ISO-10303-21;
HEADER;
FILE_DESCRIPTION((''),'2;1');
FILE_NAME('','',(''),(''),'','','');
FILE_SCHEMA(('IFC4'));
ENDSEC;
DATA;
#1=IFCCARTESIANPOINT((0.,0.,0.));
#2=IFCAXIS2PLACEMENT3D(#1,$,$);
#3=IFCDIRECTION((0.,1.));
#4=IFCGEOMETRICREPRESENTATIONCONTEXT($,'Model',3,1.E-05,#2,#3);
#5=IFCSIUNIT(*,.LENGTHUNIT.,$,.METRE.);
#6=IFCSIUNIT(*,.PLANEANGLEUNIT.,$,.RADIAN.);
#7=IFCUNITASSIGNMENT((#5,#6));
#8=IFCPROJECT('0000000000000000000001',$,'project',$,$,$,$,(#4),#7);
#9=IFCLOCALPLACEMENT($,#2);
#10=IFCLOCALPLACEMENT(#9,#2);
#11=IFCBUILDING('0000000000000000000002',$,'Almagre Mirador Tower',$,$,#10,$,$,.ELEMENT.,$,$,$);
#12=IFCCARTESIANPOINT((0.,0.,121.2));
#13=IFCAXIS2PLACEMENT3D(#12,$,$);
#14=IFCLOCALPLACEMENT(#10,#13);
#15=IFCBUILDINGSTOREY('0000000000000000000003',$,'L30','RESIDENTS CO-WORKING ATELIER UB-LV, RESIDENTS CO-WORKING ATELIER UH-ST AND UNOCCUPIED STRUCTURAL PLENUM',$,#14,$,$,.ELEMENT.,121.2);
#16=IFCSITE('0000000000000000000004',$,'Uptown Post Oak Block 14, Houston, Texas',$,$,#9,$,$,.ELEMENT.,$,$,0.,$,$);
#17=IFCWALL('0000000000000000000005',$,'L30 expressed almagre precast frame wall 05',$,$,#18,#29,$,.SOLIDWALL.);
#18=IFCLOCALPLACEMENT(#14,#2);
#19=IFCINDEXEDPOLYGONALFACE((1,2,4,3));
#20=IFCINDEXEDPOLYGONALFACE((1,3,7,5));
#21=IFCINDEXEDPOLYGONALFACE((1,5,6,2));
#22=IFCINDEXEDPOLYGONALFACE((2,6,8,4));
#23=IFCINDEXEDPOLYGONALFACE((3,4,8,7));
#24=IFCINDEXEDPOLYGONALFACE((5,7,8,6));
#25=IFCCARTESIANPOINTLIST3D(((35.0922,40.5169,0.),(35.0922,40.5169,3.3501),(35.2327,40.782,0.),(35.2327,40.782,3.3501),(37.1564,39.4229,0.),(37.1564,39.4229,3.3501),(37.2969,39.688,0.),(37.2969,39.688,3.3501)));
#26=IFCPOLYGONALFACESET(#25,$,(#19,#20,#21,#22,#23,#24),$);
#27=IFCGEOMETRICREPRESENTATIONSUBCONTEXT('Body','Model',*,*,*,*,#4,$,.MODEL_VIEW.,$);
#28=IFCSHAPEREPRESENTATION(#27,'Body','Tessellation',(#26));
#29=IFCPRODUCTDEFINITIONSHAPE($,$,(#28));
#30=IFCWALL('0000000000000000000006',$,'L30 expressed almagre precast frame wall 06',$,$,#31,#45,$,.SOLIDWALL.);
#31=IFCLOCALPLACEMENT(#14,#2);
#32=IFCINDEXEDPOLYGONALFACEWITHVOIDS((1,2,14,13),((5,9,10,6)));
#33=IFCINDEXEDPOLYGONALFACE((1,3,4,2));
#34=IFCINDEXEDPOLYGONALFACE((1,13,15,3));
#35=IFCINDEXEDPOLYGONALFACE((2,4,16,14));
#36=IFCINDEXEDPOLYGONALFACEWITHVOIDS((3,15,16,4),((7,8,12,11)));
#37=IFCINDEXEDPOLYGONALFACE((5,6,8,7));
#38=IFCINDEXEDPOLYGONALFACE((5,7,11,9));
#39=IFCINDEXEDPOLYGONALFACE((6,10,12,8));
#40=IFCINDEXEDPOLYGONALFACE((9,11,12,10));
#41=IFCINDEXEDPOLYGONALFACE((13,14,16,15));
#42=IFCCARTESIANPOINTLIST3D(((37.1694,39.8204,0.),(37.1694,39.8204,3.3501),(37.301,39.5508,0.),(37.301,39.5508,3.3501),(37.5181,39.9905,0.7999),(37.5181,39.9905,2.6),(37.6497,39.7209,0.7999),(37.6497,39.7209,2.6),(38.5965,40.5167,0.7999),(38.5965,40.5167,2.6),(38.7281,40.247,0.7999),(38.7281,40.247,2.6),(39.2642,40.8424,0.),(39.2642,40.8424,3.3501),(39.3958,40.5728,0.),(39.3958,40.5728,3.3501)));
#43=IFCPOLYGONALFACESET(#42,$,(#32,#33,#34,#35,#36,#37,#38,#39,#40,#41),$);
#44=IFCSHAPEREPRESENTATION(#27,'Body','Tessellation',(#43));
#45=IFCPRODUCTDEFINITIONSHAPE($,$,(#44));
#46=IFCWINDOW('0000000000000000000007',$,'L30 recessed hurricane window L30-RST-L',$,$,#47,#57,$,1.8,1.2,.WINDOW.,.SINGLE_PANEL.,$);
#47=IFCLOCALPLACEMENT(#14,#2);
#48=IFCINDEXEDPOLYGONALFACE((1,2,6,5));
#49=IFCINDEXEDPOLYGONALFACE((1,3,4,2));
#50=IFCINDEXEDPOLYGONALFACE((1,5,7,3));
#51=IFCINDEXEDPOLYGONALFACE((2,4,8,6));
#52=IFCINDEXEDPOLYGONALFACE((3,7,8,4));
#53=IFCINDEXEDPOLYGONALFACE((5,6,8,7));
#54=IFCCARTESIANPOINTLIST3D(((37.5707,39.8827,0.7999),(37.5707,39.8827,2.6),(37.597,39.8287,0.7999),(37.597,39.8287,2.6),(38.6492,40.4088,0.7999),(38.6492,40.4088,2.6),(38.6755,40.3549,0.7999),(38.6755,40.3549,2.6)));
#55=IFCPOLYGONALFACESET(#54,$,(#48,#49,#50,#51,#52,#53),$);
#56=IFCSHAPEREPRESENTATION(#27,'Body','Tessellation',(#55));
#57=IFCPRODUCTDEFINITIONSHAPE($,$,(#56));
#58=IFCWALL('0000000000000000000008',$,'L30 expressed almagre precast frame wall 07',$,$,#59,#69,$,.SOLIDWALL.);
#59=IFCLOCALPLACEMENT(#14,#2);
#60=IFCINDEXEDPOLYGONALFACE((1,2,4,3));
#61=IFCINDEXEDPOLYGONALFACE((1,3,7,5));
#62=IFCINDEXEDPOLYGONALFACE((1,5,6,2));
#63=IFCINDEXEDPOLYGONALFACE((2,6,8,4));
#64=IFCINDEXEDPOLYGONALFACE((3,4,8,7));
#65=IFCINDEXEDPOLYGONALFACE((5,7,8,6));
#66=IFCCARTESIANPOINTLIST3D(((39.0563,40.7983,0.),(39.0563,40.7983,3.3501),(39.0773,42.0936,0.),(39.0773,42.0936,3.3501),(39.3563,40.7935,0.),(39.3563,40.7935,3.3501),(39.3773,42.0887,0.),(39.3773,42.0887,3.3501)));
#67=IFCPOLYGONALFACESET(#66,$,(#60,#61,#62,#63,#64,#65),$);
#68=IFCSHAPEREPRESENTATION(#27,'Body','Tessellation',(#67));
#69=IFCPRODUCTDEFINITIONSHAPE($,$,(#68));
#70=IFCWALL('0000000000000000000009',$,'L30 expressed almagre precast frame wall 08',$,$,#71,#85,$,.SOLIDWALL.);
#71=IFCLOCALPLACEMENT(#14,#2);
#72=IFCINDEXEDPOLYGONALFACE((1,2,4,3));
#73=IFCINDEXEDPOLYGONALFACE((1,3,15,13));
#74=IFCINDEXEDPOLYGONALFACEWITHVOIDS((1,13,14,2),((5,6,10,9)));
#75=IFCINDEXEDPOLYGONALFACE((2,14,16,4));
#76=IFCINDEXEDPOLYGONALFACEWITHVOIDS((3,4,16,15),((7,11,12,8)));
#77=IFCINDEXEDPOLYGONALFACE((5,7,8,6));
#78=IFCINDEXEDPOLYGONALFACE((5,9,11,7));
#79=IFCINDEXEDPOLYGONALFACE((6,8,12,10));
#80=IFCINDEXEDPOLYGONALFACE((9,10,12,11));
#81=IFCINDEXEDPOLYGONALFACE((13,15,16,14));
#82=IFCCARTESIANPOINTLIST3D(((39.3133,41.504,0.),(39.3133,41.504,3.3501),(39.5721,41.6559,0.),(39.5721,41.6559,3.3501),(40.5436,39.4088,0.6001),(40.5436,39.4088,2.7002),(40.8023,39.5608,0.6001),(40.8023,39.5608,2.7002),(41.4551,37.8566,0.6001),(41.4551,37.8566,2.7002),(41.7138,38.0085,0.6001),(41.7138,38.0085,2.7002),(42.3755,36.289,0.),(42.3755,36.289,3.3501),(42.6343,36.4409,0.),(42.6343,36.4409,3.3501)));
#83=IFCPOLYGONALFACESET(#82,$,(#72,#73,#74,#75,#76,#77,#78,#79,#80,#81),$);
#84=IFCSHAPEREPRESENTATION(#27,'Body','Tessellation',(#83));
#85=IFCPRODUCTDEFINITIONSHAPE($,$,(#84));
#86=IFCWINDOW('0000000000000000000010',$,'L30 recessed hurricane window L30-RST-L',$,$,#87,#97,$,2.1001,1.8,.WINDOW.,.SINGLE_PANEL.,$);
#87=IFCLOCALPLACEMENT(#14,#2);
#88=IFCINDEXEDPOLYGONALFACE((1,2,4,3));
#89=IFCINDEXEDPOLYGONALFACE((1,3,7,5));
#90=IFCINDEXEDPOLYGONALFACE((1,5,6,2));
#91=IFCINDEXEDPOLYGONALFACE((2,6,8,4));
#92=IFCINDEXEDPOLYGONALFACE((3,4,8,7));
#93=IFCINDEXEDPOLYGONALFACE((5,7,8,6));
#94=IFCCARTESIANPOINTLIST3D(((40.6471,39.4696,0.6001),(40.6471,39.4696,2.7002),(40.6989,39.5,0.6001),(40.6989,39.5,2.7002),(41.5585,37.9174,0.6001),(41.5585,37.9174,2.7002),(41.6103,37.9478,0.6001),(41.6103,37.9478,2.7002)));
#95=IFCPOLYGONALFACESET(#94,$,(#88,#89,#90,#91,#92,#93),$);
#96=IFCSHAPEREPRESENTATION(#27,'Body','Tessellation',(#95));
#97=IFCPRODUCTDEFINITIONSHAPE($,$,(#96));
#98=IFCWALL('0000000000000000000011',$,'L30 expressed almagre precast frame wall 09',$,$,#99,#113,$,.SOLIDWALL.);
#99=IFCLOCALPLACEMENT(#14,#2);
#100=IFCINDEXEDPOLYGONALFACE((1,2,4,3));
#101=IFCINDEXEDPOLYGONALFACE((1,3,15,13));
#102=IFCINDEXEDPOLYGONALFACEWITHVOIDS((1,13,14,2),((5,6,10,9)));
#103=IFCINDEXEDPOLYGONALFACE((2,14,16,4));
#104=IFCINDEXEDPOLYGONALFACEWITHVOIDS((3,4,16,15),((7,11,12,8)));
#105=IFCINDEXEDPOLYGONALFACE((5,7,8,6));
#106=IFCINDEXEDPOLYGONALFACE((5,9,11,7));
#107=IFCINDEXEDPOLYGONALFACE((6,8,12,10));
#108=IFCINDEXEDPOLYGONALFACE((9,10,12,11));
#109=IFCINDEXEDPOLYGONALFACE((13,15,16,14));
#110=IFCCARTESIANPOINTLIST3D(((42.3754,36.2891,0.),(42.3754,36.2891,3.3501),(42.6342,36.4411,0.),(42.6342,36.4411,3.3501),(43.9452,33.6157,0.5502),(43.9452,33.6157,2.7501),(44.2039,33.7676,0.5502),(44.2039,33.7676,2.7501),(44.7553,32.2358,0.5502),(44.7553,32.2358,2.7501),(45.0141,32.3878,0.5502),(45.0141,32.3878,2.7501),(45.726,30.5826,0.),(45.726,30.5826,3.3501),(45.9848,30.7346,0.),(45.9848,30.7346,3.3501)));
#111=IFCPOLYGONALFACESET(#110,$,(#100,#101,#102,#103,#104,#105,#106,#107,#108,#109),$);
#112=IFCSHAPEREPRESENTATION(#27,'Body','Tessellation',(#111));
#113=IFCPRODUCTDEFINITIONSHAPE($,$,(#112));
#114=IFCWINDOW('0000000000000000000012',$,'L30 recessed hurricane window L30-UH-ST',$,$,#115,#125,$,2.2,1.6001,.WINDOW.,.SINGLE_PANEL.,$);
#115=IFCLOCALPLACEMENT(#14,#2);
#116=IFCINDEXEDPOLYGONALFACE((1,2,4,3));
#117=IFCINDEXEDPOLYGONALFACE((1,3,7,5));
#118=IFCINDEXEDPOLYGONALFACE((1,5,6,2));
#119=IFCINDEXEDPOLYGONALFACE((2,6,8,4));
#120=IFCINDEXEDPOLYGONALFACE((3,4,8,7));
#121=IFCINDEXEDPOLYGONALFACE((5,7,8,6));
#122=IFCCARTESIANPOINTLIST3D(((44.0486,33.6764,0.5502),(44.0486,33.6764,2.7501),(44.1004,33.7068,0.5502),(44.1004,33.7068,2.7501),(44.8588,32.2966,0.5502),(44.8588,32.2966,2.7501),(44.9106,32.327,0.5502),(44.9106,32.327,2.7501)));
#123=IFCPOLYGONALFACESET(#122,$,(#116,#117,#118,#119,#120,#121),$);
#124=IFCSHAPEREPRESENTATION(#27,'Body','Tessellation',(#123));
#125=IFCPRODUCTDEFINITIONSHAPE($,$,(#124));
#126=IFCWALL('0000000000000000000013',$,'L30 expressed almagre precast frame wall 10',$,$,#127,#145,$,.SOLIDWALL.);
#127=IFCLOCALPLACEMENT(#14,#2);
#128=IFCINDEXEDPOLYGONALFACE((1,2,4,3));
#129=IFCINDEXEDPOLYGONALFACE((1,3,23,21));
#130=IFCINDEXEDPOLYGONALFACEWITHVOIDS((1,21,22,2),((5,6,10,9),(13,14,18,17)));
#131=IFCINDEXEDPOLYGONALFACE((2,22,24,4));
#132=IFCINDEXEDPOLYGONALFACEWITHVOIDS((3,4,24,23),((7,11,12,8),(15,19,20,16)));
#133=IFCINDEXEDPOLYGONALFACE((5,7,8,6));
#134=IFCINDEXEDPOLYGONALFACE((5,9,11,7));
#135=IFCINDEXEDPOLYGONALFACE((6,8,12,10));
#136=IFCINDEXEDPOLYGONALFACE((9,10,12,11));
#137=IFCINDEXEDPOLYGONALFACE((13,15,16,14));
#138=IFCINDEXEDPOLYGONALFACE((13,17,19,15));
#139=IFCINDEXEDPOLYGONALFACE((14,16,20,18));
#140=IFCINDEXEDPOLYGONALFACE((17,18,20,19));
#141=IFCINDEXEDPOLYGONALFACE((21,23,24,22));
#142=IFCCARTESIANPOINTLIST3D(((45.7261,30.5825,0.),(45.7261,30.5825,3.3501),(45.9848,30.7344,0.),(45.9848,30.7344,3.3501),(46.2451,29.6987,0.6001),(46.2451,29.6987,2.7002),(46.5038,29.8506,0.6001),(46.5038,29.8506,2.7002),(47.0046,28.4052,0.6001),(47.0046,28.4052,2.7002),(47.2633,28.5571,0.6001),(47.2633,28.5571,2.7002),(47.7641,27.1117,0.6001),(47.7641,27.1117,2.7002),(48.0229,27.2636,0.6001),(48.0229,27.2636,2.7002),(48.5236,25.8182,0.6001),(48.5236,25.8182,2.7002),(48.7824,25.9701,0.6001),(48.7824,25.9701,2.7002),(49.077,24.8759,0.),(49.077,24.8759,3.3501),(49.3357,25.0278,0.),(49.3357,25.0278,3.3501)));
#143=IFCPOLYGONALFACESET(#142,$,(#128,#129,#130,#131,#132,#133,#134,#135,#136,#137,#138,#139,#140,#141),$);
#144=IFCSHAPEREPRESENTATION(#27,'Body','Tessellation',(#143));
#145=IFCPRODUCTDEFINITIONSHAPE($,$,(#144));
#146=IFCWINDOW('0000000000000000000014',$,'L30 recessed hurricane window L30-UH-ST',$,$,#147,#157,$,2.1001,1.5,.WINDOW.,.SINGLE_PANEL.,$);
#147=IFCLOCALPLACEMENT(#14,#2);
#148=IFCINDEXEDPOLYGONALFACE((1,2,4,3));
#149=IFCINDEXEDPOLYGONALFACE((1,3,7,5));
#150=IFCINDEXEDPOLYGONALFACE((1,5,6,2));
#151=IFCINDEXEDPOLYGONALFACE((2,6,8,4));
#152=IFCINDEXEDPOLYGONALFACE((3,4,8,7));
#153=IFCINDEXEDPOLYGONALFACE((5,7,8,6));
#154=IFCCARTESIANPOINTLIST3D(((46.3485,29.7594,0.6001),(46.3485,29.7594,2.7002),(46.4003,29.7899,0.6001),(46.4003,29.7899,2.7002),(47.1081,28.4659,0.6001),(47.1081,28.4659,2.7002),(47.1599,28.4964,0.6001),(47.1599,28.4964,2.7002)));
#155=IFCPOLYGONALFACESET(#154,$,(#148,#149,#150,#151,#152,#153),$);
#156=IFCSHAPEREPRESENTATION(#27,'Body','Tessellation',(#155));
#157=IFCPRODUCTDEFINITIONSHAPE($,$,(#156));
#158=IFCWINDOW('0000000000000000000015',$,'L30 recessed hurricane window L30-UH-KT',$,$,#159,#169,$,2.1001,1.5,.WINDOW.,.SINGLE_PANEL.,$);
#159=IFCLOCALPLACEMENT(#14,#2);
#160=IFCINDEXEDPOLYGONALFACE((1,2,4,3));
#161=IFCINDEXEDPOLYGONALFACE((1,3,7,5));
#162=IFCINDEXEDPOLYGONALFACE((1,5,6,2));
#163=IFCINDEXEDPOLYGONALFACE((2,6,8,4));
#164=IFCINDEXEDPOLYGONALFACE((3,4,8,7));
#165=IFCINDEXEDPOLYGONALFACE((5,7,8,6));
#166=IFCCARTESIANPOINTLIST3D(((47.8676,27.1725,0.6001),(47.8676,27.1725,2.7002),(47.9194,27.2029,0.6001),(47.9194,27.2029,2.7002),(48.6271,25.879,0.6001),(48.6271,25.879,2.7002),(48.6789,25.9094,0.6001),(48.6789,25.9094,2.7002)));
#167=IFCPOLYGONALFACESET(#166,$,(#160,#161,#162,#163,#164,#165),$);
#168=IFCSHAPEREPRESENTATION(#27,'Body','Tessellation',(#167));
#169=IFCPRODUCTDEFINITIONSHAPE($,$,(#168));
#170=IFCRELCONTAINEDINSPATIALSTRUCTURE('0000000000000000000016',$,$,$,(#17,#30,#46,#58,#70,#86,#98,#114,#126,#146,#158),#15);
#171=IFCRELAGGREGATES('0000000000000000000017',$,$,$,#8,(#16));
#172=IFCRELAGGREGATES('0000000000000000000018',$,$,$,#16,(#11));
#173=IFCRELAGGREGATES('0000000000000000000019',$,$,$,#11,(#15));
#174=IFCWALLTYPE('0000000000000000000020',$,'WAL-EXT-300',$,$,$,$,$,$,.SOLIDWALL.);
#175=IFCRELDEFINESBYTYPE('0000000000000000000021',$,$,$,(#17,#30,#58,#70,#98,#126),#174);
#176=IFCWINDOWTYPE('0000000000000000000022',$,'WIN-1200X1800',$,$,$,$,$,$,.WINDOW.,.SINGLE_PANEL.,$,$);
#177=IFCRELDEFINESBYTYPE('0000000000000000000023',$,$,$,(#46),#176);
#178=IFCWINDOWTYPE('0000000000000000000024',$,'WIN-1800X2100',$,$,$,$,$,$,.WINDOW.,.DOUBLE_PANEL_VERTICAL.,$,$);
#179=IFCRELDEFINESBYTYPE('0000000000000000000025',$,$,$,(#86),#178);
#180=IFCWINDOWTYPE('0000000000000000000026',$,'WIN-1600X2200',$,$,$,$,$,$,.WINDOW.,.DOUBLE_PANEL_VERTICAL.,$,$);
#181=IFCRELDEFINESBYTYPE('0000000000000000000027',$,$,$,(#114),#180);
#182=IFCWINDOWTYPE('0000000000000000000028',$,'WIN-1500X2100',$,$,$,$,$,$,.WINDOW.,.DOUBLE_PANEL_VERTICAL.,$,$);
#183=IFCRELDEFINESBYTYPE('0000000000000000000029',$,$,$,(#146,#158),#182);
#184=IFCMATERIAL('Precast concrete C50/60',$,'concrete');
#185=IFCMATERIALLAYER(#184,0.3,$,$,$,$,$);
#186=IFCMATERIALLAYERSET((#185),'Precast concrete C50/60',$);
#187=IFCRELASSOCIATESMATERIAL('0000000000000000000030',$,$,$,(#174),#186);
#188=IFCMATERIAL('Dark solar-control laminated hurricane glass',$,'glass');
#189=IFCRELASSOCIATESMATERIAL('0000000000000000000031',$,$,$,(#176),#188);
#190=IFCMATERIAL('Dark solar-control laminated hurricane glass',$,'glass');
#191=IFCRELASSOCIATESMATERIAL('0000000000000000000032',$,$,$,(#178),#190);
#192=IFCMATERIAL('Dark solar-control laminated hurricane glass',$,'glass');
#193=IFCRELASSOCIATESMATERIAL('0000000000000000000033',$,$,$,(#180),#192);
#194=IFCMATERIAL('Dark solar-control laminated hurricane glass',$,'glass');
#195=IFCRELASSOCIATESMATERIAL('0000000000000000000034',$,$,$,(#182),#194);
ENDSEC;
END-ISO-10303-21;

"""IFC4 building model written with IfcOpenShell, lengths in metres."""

from ifc_helpers import new_model, si_unit, direction, frame, frame_2d, origin, place, context, subcontext, project, spatial, rectangle, extrude, material, layer, layer_set, type_object, element, fill, save


model = new_model("IFC4")

# Units and contexts
model_context = context("Model", 3, precision=1e-05, world=origin(), true_north=direction((0.0, 1.0)))
body_context = subcontext(model_context, "Body", "Model", "MODEL_VIEW")
ifc_project = project(units=[si_unit("LENGTHUNIT", "METRE"), si_unit("PLANEANGLEUNIT", "RADIAN")], contexts=[model_context])

# Site, building, storey
site_placement = place(None, origin())
site = spatial("IfcSite", under=ifc_project, at=site_placement, Name="Uptown Post Oak Block 14, Houston, Texas", CompositionType="ELEMENT", RefElevation=0.0)
building_placement = place(site_placement, origin())
building = spatial("IfcBuilding", under=site, at=building_placement, Name="Almagre Mirador Tower", CompositionType="ELEMENT")
storey_placement = place(building_placement, frame((0.0, 0.0, 121.2)))
storey = spatial("IfcBuildingStorey", under=building, at=storey_placement, Name="L30", Description="RESIDENTS CO-WORKING ATELIER UB-LV, RESIDENTS CO-WORKING ATELIER UH-ST AND UNOCCUPIED STRUCTURAL PLENUM", CompositionType="ELEMENT", Elevation=121.2)

# Wall
ifc_material_1 = material(Name="Precast concrete C50/60", Category="concrete")
ifc_layer_1 = layer(ifc_material_1, 0.3)
ifc_layer_set_1 = layer_set([ifc_layer_1], Name="Precast concrete C50/60")
wall_type_1 = type_object("IfcWallType", Name="WAL-EXT-300", PredefinedType="SOLIDWALL", material=ifc_layer_set_1)
wall_1_placement = place(storey_placement, frame((35.1626, 40.6494, 0.0), z_axis=(0.0, 0.0, 1.0), x_axis=(0.883579, -0.468281, 0.0)))
element("IfcWall", 1, at=wall_1_placement, inside=storey, type_object=wall_type_1, Name="L30 expressed almagre precast frame wall 05", PredefinedType="SOLIDWALL", context=body_context, shape_type="SweptSolid", body=[
    extrude(rectangle(XDim=2.3362, YDim=0.3, at=frame_2d((1.168, 0.0))), origin(), (0.0, 0.0, 1.0), 3.3501),
])

# Wall, opening, window
wall_2_placement = place(storey_placement, frame((37.2351, 39.6855, 0.0), z_axis=(0.0, 0.0, 1.0), x_axis=(0.898742, 0.438477, 0.0)))
wall_2 = element("IfcWall", 2, at=wall_2_placement, inside=storey, type_object=wall_type_1, Name="L30 expressed almagre precast frame wall 06", PredefinedType="SOLIDWALL", context=body_context, shape_type="SweptSolid", body=[
    extrude(rectangle(XDim=2.3308, YDim=0.3, at=frame_2d((1.1655, 0.0))), origin(), (0.0, 0.0, 1.0), 3.3501),
])
opening_1_placement = place(wall_2_placement, frame((0.3879, 0.0, 0.8)))
opening_1 = element("IfcOpeningElement", 3, at=opening_1_placement, cuts=wall_2, PredefinedType="OPENING", context=body_context, shape_type="SweptSolid", body=[
    extrude(rectangle(XDim=1.2, YDim=1.8, at=frame_2d((0.6001, 0.8999))), frame((0.0, 0.1599, 0.0), z_axis=(0.0, -1.0, 0.0), x_axis=(1.0, 0.0, 0.0)), (0.0, 0.0, 1.0), 0.32),
])
ifc_material_2 = material(Name="Dark solar-control laminated hurricane glass", Category="glass")
window_type_1 = type_object("IfcWindowType", Name="WIN-1200X1800", PartitioningType="SINGLE_PANEL", PredefinedType="WINDOW", material=ifc_material_2)
window_1_placement = place(opening_1_placement, origin())
window_1 = element("IfcWindow", 4, at=window_1_placement, inside=storey, type_object=window_type_1, Name="L30 recessed hurricane window L30-RST-L", OverallHeight=1.8, OverallWidth=1.2, PartitioningType="SINGLE_PANEL", PredefinedType="WINDOW", context=body_context, shape_type="SweptSolid", body=[
    extrude(rectangle(XDim=1.2, YDim=1.8, at=frame_2d((0.6001, 0.8999))), frame((0.0, 0.03, 0.0), z_axis=(0.0, -1.0, 0.0), x_axis=(1.0, 0.0, 0.0)), (0.0, 0.0, 1.0), 0.0601),
])
fill(opening_1, window_1)

# Wall
wall_3_placement = place(storey_placement, frame((39.2063, 40.7959, 0.0), z_axis=(0.0, 0.0, 1.0), x_axis=(0.016209, 0.999869, 0.0)))
element("IfcWall", 5, at=wall_3_placement, inside=storey, type_object=wall_type_1, Name="L30 expressed almagre precast frame wall 07", PredefinedType="SOLIDWALL", context=body_context, shape_type="SweptSolid", body=[
    extrude(rectangle(XDim=1.2954, YDim=0.3, at=frame_2d((0.6477, 0.0))), origin(), (0.0, 0.0, 1.0), 3.3501),
])

# Walls, openings, windows
wall_4_placement = place(storey_placement, frame((39.4426, 41.5801, 0.0), z_axis=(0.0, 0.0, 1.0), x_axis=(0.506351, -0.862327, 0.0)))
wall_4 = element("IfcWall", 6, at=wall_4_placement, inside=storey, type_object=wall_type_1, Name="L30 expressed almagre precast frame wall 08", PredefinedType="SOLIDWALL", context=body_context, shape_type="SweptSolid", body=[
    extrude(rectangle(XDim=6.0476, YDim=0.3, at=frame_2d((3.0239, 0.0))), origin(), (0.0, 0.0, 1.0), 3.3501),
])
opening_2_placement = place(wall_4_placement, frame((2.4299, 0.0, 0.6001)))
opening_2 = element("IfcOpeningElement", 7, at=opening_2_placement, cuts=wall_4, PredefinedType="OPENING", context=body_context, shape_type="SweptSolid", body=[
    extrude(rectangle(XDim=1.8, YDim=2.1001, at=frame_2d((0.8999, 1.05))), frame((0.0, 0.1599, 0.0), z_axis=(0.0, -1.0, 0.0), x_axis=(1.0, 0.0, 0.0)), (0.0, 0.0, 1.0), 0.32),
])
ifc_material_3 = material(Name="Dark solar-control laminated hurricane glass", Category="glass")
window_type_2 = type_object("IfcWindowType", Name="WIN-1800X2100", PartitioningType="DOUBLE_PANEL_VERTICAL", PredefinedType="WINDOW", material=ifc_material_3)
window_2_placement = place(opening_2_placement, origin())
window_2 = element("IfcWindow", 8, at=window_2_placement, inside=storey, type_object=window_type_2, Name="L30 recessed hurricane window L30-RST-L", OverallHeight=2.1001, OverallWidth=1.8, PartitioningType="SINGLE_PANEL", PredefinedType="WINDOW", context=body_context, shape_type="SweptSolid", body=[
    extrude(rectangle(XDim=1.8, YDim=2.1001, at=frame_2d((0.8999, 1.05))), frame((0.0, 0.03, 0.0), z_axis=(0.0, -1.0, 0.0), x_axis=(1.0, 0.0, 0.0)), (0.0, 0.0, 1.0), 0.0601),
])
fill(opening_2, window_2)
wall_5_placement = place(storey_placement, frame((42.5049, 36.365, 0.0), z_axis=(0.0, 0.0, 1.0), x_axis=(0.506323, -0.862344, 0.0)))
wall_5 = element("IfcWall", 9, at=wall_5_placement, inside=storey, type_object=wall_type_1, Name="L30 expressed almagre precast frame wall 09", PredefinedType="SOLIDWALL", context=body_context, shape_type="SweptSolid", body=[
    extrude(rectangle(XDim=6.6174, YDim=0.3, at=frame_2d((3.3086, 0.0))), origin(), (0.0, 0.0, 1.0), 3.3501),
])
opening_3_placement = place(wall_5_placement, frame((3.1001, 0.0, 0.55)))
opening_3 = element("IfcOpeningElement", 10, at=opening_3_placement, cuts=wall_5, PredefinedType="OPENING", context=body_context, shape_type="SweptSolid", body=[
    extrude(rectangle(XDim=1.6001, YDim=2.2, at=frame_2d((0.8, 1.1001))), frame((0.0, 0.1599, 0.0), z_axis=(0.0, -1.0, 0.0), x_axis=(1.0, 0.0, 0.0)), (0.0, 0.0, 1.0), 0.32),
])
ifc_material_4 = material(Name="Dark solar-control laminated hurricane glass", Category="glass")
window_type_3 = type_object("IfcWindowType", Name="WIN-1600X2200", PartitioningType="DOUBLE_PANEL_VERTICAL", PredefinedType="WINDOW", material=ifc_material_4)
window_3_placement = place(opening_3_placement, origin())
window_3 = element("IfcWindow", 11, at=window_3_placement, inside=storey, type_object=window_type_3, Name="L30 recessed hurricane window L30-UH-ST", OverallHeight=2.2, OverallWidth=1.6001, PartitioningType="SINGLE_PANEL", PredefinedType="WINDOW", context=body_context, shape_type="SweptSolid", body=[
    extrude(rectangle(XDim=1.6001, YDim=2.2, at=frame_2d((0.8, 1.1001))), frame((0.0, 0.03, 0.0), z_axis=(0.0, -1.0, 0.0), x_axis=(1.0, 0.0, 0.0)), (0.0, 0.0, 1.0), 0.0601),
])
fill(opening_3, window_3)

# Wall, openings, windows
wall_6_placement = place(storey_placement, frame((45.8555, 30.6584, 0.0), z_axis=(0.0, 0.0, 1.0), x_axis=(0.506351, -0.862328, 0.0)))
wall_6 = element("IfcWall", 12, at=wall_6_placement, inside=storey, type_object=wall_type_1, Name="L30 expressed almagre precast frame wall 10", PredefinedType="SOLIDWALL", context=body_context, shape_type="SweptSolid", body=[
    extrude(rectangle(XDim=6.6177, YDim=0.3, at=frame_2d((3.3088, 0.0))), origin(), (0.0, 0.0, 1.0), 3.3501),
])
opening_4_placement = place(wall_6_placement, frame((1.0249, 0.0, 0.6001)))
opening_4 = element("IfcOpeningElement", 13, at=opening_4_placement, cuts=wall_6, PredefinedType="OPENING", context=body_context, shape_type="SweptSolid", body=[
    extrude(rectangle(XDim=1.5, YDim=2.1001, at=frame_2d((0.75, 1.05))), frame((0.0, 0.1599, 0.0), z_axis=(0.0, -1.0, 0.0), x_axis=(1.0, 0.0, 0.0)), (0.0, 0.0, 1.0), 0.32),
])
opening_5_placement = place(wall_6_placement, frame((4.0249, 0.0, 0.6001)))
opening_5 = element("IfcOpeningElement", 14, at=opening_5_placement, cuts=wall_6, PredefinedType="OPENING", context=body_context, shape_type="SweptSolid", body=[
    extrude(rectangle(XDim=1.5, YDim=2.1001, at=frame_2d((0.75, 1.05))), frame((0.0, 0.1599, 0.0), z_axis=(0.0, -1.0, 0.0), x_axis=(1.0, 0.0, 0.0)), (0.0, 0.0, 1.0), 0.32),
])
ifc_material_5 = material(Name="Dark solar-control laminated hurricane glass", Category="glass")
window_type_4 = type_object("IfcWindowType", Name="WIN-1500X2100", PartitioningType="DOUBLE_PANEL_VERTICAL", PredefinedType="WINDOW", material=ifc_material_5)
window_4_placement = place(opening_4_placement, origin())
window_4 = element("IfcWindow", 15, at=window_4_placement, inside=storey, type_object=window_type_4, Name="L30 recessed hurricane window L30-UH-ST", OverallHeight=2.1001, OverallWidth=1.5, PartitioningType="SINGLE_PANEL", PredefinedType="WINDOW", context=body_context, shape_type="SweptSolid", body=[
    extrude(rectangle(XDim=1.5, YDim=2.1001, at=frame_2d((0.75, 1.05))), frame((0.0, 0.03, 0.0), z_axis=(0.0, -1.0, 0.0), x_axis=(1.0, 0.0, 0.0)), (0.0, 0.0, 1.0), 0.0601),
])
fill(opening_4, window_4)
window_5_placement = place(opening_5_placement, origin())
window_5 = element("IfcWindow", 16, at=window_5_placement, inside=storey, type_object=window_type_4, Name="L30 recessed hurricane window L30-UH-KT", OverallHeight=2.1001, OverallWidth=1.5, PartitioningType="SINGLE_PANEL", PredefinedType="WINDOW", context=body_context, shape_type="SweptSolid", body=[
    extrude(rectangle(XDim=1.5, YDim=2.1001, at=frame_2d((0.75, 1.05))), frame((0.0, 0.03, 0.0), z_axis=(0.0, -1.0, 0.0), x_axis=(1.0, 0.0, 0.0)), (0.0, 0.0, 1.0), 0.0601),
])
fill(opening_5, window_5)

save(model, "model.ifc")
